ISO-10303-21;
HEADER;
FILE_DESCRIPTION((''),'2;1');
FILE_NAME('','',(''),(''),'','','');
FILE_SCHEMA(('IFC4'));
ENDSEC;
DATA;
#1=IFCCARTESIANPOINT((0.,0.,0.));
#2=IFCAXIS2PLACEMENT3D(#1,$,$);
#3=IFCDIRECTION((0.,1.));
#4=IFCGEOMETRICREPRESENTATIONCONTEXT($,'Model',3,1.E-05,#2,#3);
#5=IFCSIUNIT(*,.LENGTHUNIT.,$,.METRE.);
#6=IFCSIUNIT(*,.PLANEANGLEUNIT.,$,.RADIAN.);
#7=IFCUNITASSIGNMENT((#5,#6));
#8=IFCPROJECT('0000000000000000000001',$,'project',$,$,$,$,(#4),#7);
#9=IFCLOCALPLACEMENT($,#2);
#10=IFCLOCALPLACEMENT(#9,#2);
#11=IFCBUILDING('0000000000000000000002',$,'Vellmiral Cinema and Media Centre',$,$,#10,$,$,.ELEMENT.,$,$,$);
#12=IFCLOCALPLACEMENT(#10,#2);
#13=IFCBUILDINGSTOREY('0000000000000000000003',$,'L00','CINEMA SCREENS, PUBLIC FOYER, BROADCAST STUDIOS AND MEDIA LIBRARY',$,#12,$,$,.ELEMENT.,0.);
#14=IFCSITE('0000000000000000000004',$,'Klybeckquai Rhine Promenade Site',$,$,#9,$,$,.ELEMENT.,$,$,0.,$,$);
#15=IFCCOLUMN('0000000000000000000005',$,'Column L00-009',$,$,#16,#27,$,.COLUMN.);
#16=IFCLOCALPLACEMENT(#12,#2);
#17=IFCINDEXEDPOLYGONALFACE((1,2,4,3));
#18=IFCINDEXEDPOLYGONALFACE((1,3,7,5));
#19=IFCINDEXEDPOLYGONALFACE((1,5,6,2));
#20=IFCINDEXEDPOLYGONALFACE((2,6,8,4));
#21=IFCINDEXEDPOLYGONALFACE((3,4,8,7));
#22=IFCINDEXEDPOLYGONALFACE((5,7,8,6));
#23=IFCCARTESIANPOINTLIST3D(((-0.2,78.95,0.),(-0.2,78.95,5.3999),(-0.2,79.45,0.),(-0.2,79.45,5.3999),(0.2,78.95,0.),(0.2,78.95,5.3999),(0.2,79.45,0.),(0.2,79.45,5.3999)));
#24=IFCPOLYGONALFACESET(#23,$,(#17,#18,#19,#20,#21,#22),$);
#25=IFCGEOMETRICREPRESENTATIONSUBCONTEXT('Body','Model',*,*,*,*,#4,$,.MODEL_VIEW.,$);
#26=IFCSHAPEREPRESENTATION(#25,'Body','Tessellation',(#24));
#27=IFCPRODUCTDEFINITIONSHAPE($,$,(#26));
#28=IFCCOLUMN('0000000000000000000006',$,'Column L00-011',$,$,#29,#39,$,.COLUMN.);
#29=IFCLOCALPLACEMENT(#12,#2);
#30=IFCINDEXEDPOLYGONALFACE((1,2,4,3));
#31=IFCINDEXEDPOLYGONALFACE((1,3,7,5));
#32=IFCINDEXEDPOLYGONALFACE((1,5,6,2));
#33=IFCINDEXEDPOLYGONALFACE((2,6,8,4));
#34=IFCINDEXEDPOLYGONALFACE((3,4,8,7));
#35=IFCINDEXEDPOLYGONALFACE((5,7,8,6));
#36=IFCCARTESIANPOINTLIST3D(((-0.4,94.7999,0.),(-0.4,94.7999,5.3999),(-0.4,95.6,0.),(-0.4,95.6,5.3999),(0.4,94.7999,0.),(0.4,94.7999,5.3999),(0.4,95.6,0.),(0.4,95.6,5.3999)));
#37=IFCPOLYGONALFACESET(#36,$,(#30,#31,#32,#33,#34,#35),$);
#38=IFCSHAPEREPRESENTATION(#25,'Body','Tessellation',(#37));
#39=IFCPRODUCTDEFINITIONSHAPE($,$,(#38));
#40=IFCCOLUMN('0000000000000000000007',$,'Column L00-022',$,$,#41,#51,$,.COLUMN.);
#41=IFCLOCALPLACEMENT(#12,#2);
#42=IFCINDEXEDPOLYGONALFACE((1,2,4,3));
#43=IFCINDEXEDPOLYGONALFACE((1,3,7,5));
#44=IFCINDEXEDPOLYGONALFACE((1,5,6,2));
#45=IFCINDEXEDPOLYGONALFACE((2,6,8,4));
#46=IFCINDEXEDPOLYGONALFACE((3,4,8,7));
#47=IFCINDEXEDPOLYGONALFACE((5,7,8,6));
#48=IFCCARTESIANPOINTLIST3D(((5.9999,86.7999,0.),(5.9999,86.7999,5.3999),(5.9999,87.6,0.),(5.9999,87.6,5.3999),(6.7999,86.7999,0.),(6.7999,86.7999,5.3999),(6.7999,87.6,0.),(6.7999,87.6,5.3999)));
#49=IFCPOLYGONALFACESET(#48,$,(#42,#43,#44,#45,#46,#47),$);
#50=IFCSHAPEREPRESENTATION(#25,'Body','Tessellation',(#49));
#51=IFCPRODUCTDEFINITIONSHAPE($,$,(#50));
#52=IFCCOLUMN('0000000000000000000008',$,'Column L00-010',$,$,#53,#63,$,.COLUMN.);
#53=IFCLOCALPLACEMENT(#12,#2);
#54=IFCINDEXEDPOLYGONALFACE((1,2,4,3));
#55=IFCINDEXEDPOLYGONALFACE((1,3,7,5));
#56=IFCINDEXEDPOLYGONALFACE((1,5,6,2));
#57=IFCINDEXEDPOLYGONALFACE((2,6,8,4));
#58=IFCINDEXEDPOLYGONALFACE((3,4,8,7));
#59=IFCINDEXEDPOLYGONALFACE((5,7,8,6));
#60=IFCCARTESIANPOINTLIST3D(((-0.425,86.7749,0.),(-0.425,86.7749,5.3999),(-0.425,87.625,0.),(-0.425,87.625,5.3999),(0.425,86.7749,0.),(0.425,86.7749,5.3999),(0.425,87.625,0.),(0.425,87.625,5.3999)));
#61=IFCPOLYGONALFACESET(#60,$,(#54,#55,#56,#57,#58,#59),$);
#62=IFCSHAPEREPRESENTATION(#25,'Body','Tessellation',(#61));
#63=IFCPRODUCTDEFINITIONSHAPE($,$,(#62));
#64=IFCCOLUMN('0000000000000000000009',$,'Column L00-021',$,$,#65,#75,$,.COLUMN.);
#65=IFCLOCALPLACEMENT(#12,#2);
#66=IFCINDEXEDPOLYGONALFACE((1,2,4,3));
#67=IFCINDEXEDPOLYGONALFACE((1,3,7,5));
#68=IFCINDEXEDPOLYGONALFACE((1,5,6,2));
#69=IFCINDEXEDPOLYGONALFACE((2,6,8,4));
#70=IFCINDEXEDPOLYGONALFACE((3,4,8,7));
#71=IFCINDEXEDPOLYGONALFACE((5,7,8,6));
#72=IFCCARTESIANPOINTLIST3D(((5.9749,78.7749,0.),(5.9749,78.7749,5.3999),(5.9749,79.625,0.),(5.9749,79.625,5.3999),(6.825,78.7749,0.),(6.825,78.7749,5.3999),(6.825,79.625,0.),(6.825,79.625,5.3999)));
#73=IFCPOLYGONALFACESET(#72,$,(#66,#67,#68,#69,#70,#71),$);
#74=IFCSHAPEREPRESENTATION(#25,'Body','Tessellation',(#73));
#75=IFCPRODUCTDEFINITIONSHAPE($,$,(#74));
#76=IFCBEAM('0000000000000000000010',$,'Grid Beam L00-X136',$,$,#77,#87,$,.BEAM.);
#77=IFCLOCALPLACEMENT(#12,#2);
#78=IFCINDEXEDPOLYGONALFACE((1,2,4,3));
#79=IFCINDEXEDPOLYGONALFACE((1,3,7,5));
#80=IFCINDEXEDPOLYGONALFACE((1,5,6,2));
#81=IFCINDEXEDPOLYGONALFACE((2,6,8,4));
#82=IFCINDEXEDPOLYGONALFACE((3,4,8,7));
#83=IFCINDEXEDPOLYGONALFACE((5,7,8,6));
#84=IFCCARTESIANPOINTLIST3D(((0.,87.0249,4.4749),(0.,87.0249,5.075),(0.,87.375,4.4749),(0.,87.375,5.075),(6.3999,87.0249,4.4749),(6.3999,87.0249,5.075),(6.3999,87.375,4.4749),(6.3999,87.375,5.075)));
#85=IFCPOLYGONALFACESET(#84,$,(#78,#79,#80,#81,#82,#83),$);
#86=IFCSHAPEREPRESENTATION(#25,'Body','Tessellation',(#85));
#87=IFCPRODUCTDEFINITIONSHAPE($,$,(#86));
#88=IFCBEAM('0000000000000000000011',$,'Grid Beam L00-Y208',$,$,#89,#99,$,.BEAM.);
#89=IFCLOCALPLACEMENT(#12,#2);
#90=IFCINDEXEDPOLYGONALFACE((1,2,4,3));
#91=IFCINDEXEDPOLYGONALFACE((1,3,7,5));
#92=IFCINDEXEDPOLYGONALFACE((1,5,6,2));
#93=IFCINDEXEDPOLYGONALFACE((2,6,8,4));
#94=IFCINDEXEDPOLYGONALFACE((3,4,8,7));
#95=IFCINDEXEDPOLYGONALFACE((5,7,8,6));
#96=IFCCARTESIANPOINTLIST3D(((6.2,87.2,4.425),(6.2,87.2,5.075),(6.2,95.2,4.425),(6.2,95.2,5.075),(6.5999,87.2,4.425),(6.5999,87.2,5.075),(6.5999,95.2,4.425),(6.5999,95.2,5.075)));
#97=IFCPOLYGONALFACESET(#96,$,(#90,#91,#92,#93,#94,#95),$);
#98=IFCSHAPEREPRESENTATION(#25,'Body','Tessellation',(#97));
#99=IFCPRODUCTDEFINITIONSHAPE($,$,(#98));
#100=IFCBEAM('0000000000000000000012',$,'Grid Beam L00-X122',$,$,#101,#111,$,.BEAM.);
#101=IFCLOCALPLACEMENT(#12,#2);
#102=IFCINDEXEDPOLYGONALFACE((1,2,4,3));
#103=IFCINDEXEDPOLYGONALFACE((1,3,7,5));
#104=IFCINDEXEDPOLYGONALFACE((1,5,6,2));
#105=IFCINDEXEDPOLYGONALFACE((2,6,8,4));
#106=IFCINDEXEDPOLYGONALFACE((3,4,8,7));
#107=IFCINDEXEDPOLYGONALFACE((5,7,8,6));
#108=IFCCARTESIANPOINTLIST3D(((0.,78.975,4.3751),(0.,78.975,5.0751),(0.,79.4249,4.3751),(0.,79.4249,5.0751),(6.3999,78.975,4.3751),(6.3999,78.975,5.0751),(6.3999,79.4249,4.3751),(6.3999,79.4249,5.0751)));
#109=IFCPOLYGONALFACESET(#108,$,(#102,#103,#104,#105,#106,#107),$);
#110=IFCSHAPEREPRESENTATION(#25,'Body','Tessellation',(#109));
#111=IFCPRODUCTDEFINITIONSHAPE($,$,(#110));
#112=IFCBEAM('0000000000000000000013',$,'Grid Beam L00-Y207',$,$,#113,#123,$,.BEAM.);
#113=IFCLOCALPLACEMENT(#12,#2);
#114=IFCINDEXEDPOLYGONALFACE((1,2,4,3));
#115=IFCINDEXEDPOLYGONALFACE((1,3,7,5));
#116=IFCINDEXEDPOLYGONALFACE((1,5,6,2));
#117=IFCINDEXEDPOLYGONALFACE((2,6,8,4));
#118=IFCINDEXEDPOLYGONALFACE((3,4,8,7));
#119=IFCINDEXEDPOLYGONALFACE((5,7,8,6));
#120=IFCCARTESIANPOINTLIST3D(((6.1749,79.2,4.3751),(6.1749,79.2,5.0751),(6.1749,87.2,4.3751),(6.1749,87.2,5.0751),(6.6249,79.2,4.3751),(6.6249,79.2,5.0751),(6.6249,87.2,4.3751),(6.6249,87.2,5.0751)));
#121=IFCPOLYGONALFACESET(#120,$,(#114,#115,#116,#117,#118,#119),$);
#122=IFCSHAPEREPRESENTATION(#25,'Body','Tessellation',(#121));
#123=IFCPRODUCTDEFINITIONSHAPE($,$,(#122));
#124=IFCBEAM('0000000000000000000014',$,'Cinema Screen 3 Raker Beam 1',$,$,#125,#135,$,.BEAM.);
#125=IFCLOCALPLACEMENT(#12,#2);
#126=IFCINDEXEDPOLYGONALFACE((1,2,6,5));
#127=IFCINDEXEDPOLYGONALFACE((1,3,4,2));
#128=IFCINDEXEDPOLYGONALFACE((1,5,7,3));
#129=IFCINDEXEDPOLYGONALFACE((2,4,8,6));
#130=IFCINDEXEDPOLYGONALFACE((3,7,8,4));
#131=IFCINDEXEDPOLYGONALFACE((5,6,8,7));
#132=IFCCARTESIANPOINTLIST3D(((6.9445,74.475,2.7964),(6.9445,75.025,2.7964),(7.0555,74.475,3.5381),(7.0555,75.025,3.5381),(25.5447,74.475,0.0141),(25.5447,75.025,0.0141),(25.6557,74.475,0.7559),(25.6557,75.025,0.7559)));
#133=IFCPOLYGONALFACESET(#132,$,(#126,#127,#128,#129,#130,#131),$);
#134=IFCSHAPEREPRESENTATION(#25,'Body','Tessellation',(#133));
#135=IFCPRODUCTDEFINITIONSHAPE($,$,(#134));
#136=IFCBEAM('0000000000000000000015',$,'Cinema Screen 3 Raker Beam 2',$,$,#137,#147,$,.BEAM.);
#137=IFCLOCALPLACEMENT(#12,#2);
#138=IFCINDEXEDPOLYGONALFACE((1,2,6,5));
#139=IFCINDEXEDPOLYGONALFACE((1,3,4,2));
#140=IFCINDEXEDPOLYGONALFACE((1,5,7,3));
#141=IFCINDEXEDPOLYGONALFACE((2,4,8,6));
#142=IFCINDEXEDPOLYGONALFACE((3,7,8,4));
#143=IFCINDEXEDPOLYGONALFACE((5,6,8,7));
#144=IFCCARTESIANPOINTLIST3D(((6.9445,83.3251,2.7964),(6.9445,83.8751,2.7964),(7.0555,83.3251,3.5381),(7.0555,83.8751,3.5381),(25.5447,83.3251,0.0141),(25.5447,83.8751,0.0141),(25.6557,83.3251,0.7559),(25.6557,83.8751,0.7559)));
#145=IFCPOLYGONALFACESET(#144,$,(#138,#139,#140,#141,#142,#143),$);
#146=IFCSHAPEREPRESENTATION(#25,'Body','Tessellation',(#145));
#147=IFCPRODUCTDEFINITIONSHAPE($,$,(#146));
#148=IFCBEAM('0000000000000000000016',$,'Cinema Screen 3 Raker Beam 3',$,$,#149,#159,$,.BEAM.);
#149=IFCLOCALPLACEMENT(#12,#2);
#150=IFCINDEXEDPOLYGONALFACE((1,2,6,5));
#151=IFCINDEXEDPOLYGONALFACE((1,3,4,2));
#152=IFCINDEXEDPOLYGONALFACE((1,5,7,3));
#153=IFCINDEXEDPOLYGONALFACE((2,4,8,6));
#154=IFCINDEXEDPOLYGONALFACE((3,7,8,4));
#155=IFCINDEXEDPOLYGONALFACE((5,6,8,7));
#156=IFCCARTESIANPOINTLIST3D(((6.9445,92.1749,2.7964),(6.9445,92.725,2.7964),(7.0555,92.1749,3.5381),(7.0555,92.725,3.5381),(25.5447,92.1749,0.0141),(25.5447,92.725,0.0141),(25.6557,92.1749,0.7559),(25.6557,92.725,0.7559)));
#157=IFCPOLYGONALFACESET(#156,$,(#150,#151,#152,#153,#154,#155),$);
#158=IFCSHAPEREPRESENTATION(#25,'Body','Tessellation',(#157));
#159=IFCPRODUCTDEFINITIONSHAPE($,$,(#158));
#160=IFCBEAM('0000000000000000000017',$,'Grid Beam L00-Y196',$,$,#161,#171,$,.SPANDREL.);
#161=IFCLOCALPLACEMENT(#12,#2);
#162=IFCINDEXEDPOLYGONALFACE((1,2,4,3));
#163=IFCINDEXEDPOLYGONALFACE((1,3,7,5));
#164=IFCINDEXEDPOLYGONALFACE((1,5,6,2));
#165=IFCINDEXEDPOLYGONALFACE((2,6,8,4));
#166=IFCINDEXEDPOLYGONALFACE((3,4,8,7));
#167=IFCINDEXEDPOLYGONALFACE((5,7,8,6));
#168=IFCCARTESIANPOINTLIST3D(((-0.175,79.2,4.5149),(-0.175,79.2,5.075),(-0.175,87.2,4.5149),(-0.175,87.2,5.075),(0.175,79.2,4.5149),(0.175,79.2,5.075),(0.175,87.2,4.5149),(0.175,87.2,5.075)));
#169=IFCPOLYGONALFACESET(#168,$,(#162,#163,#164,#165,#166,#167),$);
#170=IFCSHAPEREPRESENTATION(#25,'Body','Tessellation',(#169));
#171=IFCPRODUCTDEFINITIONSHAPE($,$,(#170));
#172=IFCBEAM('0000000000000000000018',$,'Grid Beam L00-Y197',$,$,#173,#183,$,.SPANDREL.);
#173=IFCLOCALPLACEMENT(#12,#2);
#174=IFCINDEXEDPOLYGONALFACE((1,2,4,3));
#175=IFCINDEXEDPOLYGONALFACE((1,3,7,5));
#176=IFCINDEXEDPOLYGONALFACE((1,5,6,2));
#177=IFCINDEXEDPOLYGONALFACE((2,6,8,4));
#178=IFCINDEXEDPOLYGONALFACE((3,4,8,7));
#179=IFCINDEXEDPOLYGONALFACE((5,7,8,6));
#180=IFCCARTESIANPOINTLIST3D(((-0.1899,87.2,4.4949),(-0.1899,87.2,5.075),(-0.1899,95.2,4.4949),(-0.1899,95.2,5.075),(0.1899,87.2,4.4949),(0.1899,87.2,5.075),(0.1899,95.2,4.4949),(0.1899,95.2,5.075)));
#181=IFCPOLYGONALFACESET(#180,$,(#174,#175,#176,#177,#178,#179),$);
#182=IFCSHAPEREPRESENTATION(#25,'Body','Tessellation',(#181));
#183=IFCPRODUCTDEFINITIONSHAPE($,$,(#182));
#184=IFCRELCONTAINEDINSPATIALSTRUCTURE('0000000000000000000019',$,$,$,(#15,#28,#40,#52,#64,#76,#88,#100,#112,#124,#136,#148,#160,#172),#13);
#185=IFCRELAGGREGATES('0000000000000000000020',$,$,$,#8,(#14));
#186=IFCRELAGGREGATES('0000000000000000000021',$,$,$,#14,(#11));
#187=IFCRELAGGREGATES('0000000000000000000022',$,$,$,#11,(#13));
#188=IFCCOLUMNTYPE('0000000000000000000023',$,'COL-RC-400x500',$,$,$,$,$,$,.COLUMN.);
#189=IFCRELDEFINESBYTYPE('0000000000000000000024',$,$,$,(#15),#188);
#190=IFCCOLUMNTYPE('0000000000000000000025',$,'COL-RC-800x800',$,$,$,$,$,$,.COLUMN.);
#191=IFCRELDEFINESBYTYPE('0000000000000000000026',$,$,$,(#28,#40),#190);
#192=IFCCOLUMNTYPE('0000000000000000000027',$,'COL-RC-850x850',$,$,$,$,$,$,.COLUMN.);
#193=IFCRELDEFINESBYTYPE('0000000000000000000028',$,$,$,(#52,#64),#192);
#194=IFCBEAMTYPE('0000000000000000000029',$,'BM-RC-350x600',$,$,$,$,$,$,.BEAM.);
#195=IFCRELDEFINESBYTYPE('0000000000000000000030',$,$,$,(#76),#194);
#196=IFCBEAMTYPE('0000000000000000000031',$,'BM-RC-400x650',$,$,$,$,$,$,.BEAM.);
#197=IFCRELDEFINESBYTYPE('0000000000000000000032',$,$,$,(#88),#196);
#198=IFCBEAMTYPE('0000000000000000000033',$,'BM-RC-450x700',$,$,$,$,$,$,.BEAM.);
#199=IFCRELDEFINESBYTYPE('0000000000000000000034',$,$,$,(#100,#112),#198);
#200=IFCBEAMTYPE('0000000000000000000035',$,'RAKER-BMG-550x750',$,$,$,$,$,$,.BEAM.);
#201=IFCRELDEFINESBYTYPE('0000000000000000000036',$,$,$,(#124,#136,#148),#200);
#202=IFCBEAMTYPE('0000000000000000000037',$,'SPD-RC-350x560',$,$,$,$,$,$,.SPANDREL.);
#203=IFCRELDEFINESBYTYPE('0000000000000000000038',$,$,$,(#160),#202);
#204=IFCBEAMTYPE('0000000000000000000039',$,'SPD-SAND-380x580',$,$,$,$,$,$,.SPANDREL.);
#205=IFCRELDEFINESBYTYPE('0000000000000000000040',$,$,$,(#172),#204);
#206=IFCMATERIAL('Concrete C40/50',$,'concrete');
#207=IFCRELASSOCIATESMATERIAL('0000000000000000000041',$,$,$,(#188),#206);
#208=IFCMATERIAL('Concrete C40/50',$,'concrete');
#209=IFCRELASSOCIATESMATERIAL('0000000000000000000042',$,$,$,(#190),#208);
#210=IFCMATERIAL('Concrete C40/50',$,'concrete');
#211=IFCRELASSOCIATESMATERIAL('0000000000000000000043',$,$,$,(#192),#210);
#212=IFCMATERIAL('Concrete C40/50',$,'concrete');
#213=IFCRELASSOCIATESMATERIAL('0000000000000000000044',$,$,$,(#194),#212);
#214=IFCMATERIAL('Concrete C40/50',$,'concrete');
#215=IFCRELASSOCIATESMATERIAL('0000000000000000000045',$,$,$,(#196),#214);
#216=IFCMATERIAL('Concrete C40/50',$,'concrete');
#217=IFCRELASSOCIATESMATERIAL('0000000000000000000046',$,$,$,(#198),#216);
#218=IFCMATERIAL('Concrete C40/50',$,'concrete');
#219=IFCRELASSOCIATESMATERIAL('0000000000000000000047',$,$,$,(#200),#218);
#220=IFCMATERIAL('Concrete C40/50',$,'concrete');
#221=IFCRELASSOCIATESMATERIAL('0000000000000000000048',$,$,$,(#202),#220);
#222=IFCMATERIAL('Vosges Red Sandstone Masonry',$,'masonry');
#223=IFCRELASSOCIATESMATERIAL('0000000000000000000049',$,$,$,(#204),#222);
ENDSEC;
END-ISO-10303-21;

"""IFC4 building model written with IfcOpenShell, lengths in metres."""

from ifc_helpers import new_model, si_unit, direction, frame, origin, origin_2d, place, context, subcontext, project, spatial, rectangle, extrude, material, material_profile, profile_set, type_object, element, save


model = new_model("IFC4")

# Units and contexts
model_context = context("Model", 3, precision=1e-05, world=origin(), true_north=direction((0.0, 1.0)))
body_context = subcontext(model_context, "Body", "Model", "MODEL_VIEW")
ifc_project = project(units=[si_unit("LENGTHUNIT", "METRE"), si_unit("PLANEANGLEUNIT", "RADIAN")], contexts=[model_context])

# Site, building, storey
site_placement = place(None, origin())
site = spatial("IfcSite", under=ifc_project, at=site_placement, Name="Klybeckquai Rhine Promenade Site", CompositionType="ELEMENT", RefElevation=0.0)
building_placement = place(site_placement, origin())
building = spatial("IfcBuilding", under=site, at=building_placement, Name="Vellmiral Cinema and Media Centre", CompositionType="ELEMENT")
storey_placement = place(building_placement, origin())
storey = spatial("IfcBuildingStorey", under=building, at=storey_placement, Name="L00", Description="CINEMA SCREENS, PUBLIC FOYER, BROADCAST STUDIOS AND MEDIA LIBRARY", CompositionType="ELEMENT", Elevation=0.0)

# Columns
ifc_material_1 = material(Name="Concrete C40/50", Category="concrete")
ifc_material_profile_1 = material_profile(ifc_material_1, rectangle(XDim=0.3999, YDim=0.5, at=origin_2d()), Name="RC 400x500")
ifc_profile_set_1 = profile_set([ifc_material_profile_1], Name="Concrete C40/50")
column_type_1 = type_object("IfcColumnType", Name="COL-RC-400x500", PredefinedType="COLUMN", material=ifc_profile_set_1)
column_placement = place(storey_placement, frame((0.0, 79.2, 0.0), z_axis=(0.0, 0.0, 1.0), x_axis=(1.0, 0.0, 0.0)))
element("IfcColumn", 1, at=column_placement, inside=storey, type_object=column_type_1, Name="Column L00-009", PredefinedType="COLUMN", context=body_context, shape_type="SweptSolid", body=[
    extrude(rectangle(XDim=0.3999, YDim=0.5, at=origin_2d()), origin(), (0.0, 0.0, 1.0), 5.3999),
])
ifc_material_2 = material(Name="Concrete C40/50", Category="concrete")
ifc_material_profile_2 = material_profile(ifc_material_2, rectangle(XDim=0.8, YDim=0.8, at=origin_2d()), Name="RC 800x800")
ifc_profile_set_2 = profile_set([ifc_material_profile_2], Name="Concrete C40/50")
column_type_2 = type_object("IfcColumnType", Name="COL-RC-800x800", PredefinedType="COLUMN", material=ifc_profile_set_2)
for number, where, z_axis, x_axis, name in (
    (2, (0.0, 95.2, 0.0), (0.0, 0.0, 1.0), (1.0, 0.0, 0.0), "Column L00-011"),
    (3, (6.3999, 87.2, 0.0), (0.0, 0.0, 1.0), (1.0, 0.0, 0.0), "Column L00-022"),
):
    element("IfcColumn", number, at=place(storey_placement, frame(where, z_axis=z_axis, x_axis=x_axis)), inside=storey, type_object=column_type_2, Name=name, PredefinedType="COLUMN", context=body_context, shape_type="SweptSolid", body=[
        extrude(rectangle(XDim=0.8, YDim=0.8, at=origin_2d()), origin(), (0.0, 0.0, 1.0), 5.3999),
    ])
ifc_material_3 = material(Name="Concrete C40/50", Category="concrete")
ifc_material_profile_3 = material_profile(ifc_material_3, rectangle(XDim=0.8501, YDim=0.8501, at=origin_2d()), Name="RC 850x850")
ifc_profile_set_3 = profile_set([ifc_material_profile_3], Name="Concrete C40/50")
column_type_3 = type_object("IfcColumnType", Name="COL-RC-850x850", PredefinedType="COLUMN", material=ifc_profile_set_3)
for number, where, z_axis, x_axis, name in (
    (4, (0.0, 87.2, 0.0), (0.0, 0.0, 1.0), (1.0, 0.0, 0.0), "Column L00-010"),
    (5, (6.3999, 79.2, 0.0), (0.0, 0.0, 1.0), (1.0, 0.0, 0.0), "Column L00-021"),
):
    element("IfcColumn", number, at=place(storey_placement, frame(where, z_axis=z_axis, x_axis=x_axis)), inside=storey, type_object=column_type_3, Name=name, PredefinedType="COLUMN", context=body_context, shape_type="SweptSolid", body=[
        extrude(rectangle(XDim=0.8501, YDim=0.8501, at=origin_2d()), origin(), (0.0, 0.0, 1.0), 5.3999),
    ])

# Beams
ifc_material_4 = material(Name="Concrete C40/50", Category="concrete")
ifc_material_profile_4 = material_profile(ifc_material_4, rectangle(XDim=0.3501, YDim=0.6001, at=origin_2d()), Name="RC 350x600")
ifc_profile_set_4 = profile_set([ifc_material_profile_4], Name="Concrete C40/50")
beam_type_1 = type_object("IfcBeamType", Name="BM-RC-350x600", PredefinedType="BEAM", material=ifc_profile_set_4)
beam_1_placement = place(storey_placement, frame((0.0, 87.2, 4.7749), z_axis=(1.0, 0.0, 0.0), x_axis=(0.0, 1.0, 0.0)))
element("IfcBeam", 6, at=beam_1_placement, inside=storey, type_object=beam_type_1, Name="Grid Beam L00-X136", PredefinedType="BEAM", context=body_context, shape_type="SweptSolid", body=[
    extrude(rectangle(XDim=0.3501, YDim=0.6001, at=origin_2d()), origin(), (0.0, 0.0, 1.0), 6.3999),
])
ifc_material_5 = material(Name="Concrete C40/50", Category="concrete")
ifc_material_profile_5 = material_profile(ifc_material_5, rectangle(XDim=0.3999, YDim=0.6499, at=origin_2d()), Name="RC 400x650")
ifc_profile_set_5 = profile_set([ifc_material_profile_5], Name="Concrete C40/50")
beam_type_2 = type_object("IfcBeamType", Name="BM-RC-400x650", PredefinedType="BEAM", material=ifc_profile_set_5)
beam_2_placement = place(storey_placement, frame((6.3999, 87.2, 4.75), z_axis=(0.0, 1.0, 0.0), x_axis=(-1.0, 0.0, 0.0)))
element("IfcBeam", 7, at=beam_2_placement, inside=storey, type_object=beam_type_2, Name="Grid Beam L00-Y208", PredefinedType="BEAM", context=body_context, shape_type="SweptSolid", body=[
    extrude(rectangle(XDim=0.3999, YDim=0.6499, at=origin_2d()), origin(), (0.0, 0.0, 1.0), 8.0),
])
ifc_material_6 = material(Name="Concrete C40/50", Category="concrete")
ifc_material_profile_6 = material_profile(ifc_material_6, rectangle(XDim=0.45, YDim=0.7, at=origin_2d()), Name="RC 450x700")
ifc_profile_set_6 = profile_set([ifc_material_profile_6], Name="Concrete C40/50")
beam_type_3 = type_object("IfcBeamType", Name="BM-RC-450x700", PredefinedType="BEAM", material=ifc_profile_set_6)
beam_3_placement = place(storey_placement, frame((0.0, 79.2, 4.7251), z_axis=(1.0, 0.0, 0.0), x_axis=(0.0, 1.0, 0.0)))
element("IfcBeam", 8, at=beam_3_placement, inside=storey, type_object=beam_type_3, Name="Grid Beam L00-X122", PredefinedType="BEAM", context=body_context, shape_type="SweptSolid", body=[
    extrude(rectangle(XDim=0.45, YDim=0.7, at=origin_2d()), origin(), (0.0, 0.0, 1.0), 6.3999),
])
beam_4_placement = place(storey_placement, frame((6.3999, 79.2, 4.7251), z_axis=(0.0, 1.0, 0.0), x_axis=(-1.0, 0.0, 0.0)))
element("IfcBeam", 9, at=beam_4_placement, inside=storey, type_object=beam_type_3, Name="Grid Beam L00-Y207", PredefinedType="BEAM", context=body_context, shape_type="SweptSolid", body=[
    extrude(rectangle(XDim=0.45, YDim=0.7, at=origin_2d()), origin(), (0.0, 0.0, 1.0), 8.0),
])
ifc_material_7 = material(Name="Concrete C40/50", Category="concrete")
ifc_material_profile_7 = material_profile(ifc_material_7, rectangle(XDim=0.55, YDim=0.75, at=origin_2d()), Name="RC 550x750")
ifc_profile_set_7 = profile_set([ifc_material_profile_7], Name="Concrete C40/50")
beam_type_4 = type_object("IfcBeamType", Name="RAKER-BMG-550x750", PredefinedType="BEAM", material=ifc_profile_set_7)
for number, where, z_axis, x_axis, name in (
    (10, (7.0, 74.75, 3.1672), (0.988997, 0.0, -0.147935), (0.0, 1.0, 0.0), "Cinema Screen 3 Raker Beam 1"),
    (11, (7.0, 83.6001, 3.1672), (0.988997, 0.0, -0.147935), (0.0, 1.0, 0.0), "Cinema Screen 3 Raker Beam 2"),
    (12, (7.0, 92.45, 3.1672), (0.988997, 0.0, -0.147935), (0.0, 1.0, 0.0), "Cinema Screen 3 Raker Beam 3"),
):
    element("IfcBeam", number, at=place(storey_placement, frame(where, z_axis=z_axis, x_axis=x_axis)), inside=storey, type_object=beam_type_4, Name=name, PredefinedType="BEAM", context=body_context, shape_type="SweptSolid", body=[
        extrude(rectangle(XDim=0.55, YDim=0.75, at=origin_2d()), origin(), (0.0, 0.0, 1.0), 18.8071),
    ])
ifc_material_8 = material(Name="Concrete C40/50", Category="concrete")
ifc_material_profile_8 = material_profile(ifc_material_8, rectangle(XDim=0.3501, YDim=0.5601, at=origin_2d()), Name="RC 350x560")
ifc_profile_set_8 = profile_set([ifc_material_profile_8], Name="Concrete C40/50")
beam_type_5 = type_object("IfcBeamType", Name="SPD-RC-350x560", PredefinedType="SPANDREL", material=ifc_profile_set_8)
beam_5_placement = place(storey_placement, frame((0.0, 79.2, 4.7949), z_axis=(0.0, 1.0, 0.0), x_axis=(-1.0, 0.0, 0.0)))
element("IfcBeam", 13, at=beam_5_placement, inside=storey, type_object=beam_type_5, Name="Grid Beam L00-Y196", PredefinedType="SPANDREL", context=body_context, shape_type="SweptSolid", body=[
    extrude(rectangle(XDim=0.3501, YDim=0.5601, at=origin_2d()), origin(), (0.0, 0.0, 1.0), 8.0),
])
ifc_material_9 = material(Name="Vosges Red Sandstone Masonry", Category="masonry")
ifc_material_profile_9 = material_profile(ifc_material_9, rectangle(XDim=0.3799, YDim=0.5801, at=origin_2d()), Name="SAND 380x580")
ifc_profile_set_9 = profile_set([ifc_material_profile_9], Name="Vosges Red Sandstone Masonry")
beam_type_6 = type_object("IfcBeamType", Name="SPD-SAND-380x580", PredefinedType="SPANDREL", material=ifc_profile_set_9)
beam_6_placement = place(storey_placement, frame((0.0, 87.2, 4.7849), z_axis=(0.0, 1.0, 0.0), x_axis=(-1.0, 0.0, 0.0)))
element("IfcBeam", 14, at=beam_6_placement, inside=storey, type_object=beam_type_6, Name="Grid Beam L00-Y197", PredefinedType="SPANDREL", context=body_context, shape_type="SweptSolid", body=[
    extrude(rectangle(XDim=0.3799, YDim=0.5801, at=origin_2d()), origin(), (0.0, 0.0, 1.0), 8.0),
])

save(model, "model.ifc")
